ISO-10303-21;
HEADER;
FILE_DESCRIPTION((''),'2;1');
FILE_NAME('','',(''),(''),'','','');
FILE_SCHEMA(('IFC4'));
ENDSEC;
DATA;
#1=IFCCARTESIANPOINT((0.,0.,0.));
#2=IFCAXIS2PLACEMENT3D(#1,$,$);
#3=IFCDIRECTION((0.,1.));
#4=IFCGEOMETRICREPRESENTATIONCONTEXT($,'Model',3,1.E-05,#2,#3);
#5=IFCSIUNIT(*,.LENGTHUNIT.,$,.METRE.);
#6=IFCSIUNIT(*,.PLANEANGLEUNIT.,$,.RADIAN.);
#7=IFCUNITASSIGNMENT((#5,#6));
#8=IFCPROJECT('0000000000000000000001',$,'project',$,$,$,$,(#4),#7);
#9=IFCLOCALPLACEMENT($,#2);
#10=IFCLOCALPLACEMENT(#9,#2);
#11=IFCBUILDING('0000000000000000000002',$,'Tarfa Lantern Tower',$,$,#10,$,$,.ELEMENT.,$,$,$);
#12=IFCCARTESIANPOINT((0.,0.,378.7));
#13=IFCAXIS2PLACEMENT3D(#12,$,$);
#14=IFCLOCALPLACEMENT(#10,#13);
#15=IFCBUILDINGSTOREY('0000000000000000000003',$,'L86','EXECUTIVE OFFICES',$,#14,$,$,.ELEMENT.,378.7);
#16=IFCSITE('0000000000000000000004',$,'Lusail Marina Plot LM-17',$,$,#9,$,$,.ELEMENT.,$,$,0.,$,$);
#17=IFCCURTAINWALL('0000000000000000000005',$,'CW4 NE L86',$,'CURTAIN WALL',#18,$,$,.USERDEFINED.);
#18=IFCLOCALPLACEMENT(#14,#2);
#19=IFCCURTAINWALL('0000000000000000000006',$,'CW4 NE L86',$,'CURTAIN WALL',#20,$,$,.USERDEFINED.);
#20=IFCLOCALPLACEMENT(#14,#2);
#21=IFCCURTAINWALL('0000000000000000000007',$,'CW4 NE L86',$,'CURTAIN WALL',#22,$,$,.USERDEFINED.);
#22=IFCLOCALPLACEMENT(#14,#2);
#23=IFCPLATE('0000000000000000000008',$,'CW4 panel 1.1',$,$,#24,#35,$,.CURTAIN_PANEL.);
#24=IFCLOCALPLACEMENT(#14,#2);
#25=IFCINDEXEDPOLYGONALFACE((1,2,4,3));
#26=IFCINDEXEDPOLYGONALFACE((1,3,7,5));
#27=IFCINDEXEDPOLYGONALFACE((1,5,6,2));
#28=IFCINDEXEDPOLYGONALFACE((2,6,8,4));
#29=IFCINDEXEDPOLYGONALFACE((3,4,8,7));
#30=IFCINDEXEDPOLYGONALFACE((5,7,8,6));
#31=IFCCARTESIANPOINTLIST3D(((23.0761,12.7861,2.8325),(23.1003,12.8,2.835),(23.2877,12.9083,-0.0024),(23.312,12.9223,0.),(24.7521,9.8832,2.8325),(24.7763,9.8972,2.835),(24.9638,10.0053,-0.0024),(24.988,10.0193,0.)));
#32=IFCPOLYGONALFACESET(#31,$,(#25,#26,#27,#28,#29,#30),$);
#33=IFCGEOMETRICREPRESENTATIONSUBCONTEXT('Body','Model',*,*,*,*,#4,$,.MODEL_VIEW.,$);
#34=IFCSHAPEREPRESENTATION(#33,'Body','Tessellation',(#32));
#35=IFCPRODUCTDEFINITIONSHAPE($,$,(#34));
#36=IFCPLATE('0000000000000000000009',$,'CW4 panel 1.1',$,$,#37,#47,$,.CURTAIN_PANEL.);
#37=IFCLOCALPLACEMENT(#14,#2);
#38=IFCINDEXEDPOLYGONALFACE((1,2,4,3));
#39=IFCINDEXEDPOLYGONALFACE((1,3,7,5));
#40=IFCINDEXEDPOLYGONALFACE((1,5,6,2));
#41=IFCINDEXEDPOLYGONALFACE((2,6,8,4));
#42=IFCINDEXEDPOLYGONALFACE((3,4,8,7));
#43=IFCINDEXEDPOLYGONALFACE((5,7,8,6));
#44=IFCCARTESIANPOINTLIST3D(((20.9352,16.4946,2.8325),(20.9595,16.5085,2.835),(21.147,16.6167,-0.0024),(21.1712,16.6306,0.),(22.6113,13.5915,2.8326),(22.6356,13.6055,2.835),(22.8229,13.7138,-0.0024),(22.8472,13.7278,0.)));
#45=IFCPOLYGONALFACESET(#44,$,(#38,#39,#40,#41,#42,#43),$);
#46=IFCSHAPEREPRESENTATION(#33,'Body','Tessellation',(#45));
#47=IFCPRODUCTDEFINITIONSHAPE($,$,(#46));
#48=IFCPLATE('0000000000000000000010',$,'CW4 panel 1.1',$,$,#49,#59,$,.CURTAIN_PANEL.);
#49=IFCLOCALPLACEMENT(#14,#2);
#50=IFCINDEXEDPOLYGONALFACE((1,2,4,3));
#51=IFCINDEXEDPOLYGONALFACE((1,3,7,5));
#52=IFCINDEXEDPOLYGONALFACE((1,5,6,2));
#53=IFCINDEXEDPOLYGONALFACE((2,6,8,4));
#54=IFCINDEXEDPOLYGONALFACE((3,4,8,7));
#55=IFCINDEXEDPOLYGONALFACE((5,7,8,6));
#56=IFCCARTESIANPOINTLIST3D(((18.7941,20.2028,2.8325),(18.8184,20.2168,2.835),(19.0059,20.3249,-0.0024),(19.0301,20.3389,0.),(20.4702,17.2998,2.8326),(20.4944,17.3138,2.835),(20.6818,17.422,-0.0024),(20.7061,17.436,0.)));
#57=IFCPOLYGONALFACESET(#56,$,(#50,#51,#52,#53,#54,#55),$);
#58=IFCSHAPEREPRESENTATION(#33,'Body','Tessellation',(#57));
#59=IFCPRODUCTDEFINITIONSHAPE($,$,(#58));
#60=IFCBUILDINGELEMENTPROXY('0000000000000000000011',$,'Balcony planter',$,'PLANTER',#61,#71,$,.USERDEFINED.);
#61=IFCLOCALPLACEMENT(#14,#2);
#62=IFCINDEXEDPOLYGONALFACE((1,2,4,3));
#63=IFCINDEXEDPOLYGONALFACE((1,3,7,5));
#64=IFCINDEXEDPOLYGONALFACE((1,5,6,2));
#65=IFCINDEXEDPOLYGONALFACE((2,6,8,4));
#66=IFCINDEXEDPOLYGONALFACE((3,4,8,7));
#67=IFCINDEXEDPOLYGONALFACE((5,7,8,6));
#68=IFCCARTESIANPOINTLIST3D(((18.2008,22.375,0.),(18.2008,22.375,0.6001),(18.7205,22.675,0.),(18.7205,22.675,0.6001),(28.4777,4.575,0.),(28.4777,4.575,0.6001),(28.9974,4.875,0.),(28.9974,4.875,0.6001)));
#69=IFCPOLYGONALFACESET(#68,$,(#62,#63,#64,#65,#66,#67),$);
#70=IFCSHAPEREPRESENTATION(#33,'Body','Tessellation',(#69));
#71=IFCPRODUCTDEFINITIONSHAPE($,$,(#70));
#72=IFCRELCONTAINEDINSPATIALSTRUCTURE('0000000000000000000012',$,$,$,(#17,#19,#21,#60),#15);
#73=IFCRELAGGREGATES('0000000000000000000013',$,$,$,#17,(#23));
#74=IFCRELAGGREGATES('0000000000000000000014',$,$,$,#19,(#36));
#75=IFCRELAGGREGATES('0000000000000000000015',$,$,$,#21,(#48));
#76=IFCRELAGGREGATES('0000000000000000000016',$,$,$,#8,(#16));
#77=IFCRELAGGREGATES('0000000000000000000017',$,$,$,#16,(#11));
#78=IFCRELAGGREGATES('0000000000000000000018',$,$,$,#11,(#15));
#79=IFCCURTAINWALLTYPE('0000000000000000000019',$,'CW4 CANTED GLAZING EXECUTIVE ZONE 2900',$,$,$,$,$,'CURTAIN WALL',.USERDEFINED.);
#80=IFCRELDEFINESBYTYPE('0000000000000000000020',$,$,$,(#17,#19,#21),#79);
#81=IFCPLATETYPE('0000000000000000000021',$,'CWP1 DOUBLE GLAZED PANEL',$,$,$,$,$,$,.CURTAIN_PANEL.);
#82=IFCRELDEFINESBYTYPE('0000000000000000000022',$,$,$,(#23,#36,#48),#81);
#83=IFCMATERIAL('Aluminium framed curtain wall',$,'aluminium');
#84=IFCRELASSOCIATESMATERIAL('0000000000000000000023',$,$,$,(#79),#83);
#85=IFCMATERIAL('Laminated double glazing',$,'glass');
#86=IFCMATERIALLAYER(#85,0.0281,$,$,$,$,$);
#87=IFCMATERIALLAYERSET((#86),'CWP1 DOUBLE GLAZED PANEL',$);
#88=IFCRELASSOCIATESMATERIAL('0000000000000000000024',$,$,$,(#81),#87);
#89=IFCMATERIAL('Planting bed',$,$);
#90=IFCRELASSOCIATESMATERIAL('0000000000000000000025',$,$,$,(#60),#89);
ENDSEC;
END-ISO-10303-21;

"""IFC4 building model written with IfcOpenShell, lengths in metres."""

from ifc_helpers import new_model, si_unit, direction, frame, origin, origin_2d, place, context, subcontext, project, spatial, polyline, rectangle, outline, extrude, material, layer, layer_set, type_object, element, aggregate, save


model = new_model("IFC4")

# Units and contexts
model_context = context("Model", 3, precision=1e-05, world=origin(), true_north=direction((0.0, 1.0)))
body_context = subcontext(model_context, "Body", "Model", "MODEL_VIEW")
ifc_project = project(units=[si_unit("LENGTHUNIT", "METRE"), si_unit("PLANEANGLEUNIT", "RADIAN")], contexts=[model_context])

# Site, building, storey
site_placement = place(None, origin())
site = spatial("IfcSite", under=ifc_project, at=site_placement, Name="Lusail Marina Plot LM-17", CompositionType="ELEMENT", RefElevation=0.0)
building_placement = place(site_placement, origin())
building = spatial("IfcBuilding", under=site, at=building_placement, Name="Tarfa Lantern Tower", CompositionType="ELEMENT")
storey_placement = place(building_placement, frame((0.0, 0.0, 378.7)))
storey = spatial("IfcBuildingStorey", under=building, at=storey_placement, Name="L86", Description="EXECUTIVE OFFICES", CompositionType="ELEMENT", Elevation=378.7)

# Curtain walls
ifc_material_1 = material(Name="Aluminium framed curtain wall", Category="aluminium")
curtain_wall_type = type_object("IfcCurtainWallType", Name="CW4 CANTED GLAZING EXECUTIVE ZONE 2900", ElementType="CURTAIN WALL", PredefinedType="USERDEFINED", material=ifc_material_1)
curtain_wall_1_placement = place(storey_placement, origin())
curtain_wall_1 = element("IfcCurtainWall", 1, at=curtain_wall_1_placement, inside=storey, type_object=curtain_wall_type, Name="CW4 NE L86", ObjectType="CURTAIN WALL", PredefinedType="USERDEFINED")
curtain_wall_2_placement = place(storey_placement, origin())
curtain_wall_2 = element("IfcCurtainWall", 2, at=curtain_wall_2_placement, inside=storey, type_object=curtain_wall_type, Name="CW4 NE L86", ObjectType="CURTAIN WALL", PredefinedType="USERDEFINED")
curtain_wall_3_placement = place(storey_placement, origin())
curtain_wall_3 = element("IfcCurtainWall", 3, at=curtain_wall_3_placement, inside=storey, type_object=curtain_wall_type, Name="CW4 NE L86", ObjectType="CURTAIN WALL", PredefinedType="USERDEFINED")

# Plates
ifc_material_2 = material(Name="Laminated double glazing", Category="glass")
ifc_layer = layer(ifc_material_2, 0.0281)
ifc_layer_set = layer_set([ifc_layer], Name="CWP1 DOUBLE GLAZED PANEL")
plate_type = type_object("IfcPlateType", Name="CWP1 DOUBLE GLAZED PANEL", PredefinedType="CURTAIN_PANEL", material=ifc_layer_set)
plate_1_placement = place(storey_placement, frame((24.988, 10.0193, 0.0), z_axis=(0.862824, 0.498153, 0.085893), x_axis=(-0.500001, 0.866025, -0.000002)))
plate_1 = element("IfcPlate", 4, at=plate_1_placement, type_object=plate_type, Name="CW4 panel 1.1", PredefinedType="CURTAIN_PANEL", context=body_context, shape_type="SweptSolid", body=[
    extrude(outline(polyline([(0.0, 0.0), (3.3522, 0.0), (3.3521, 2.8455), (0.0001, 2.8455), (0.0, 0.0)])), origin(), (0.0, 0.0, -1.0), 0.0281),
])
aggregate(curtain_wall_1, [plate_1])
plate_2_placement = place(storey_placement, frame((22.8472, 13.7278, 0.0), z_axis=(0.862824, 0.498153, 0.085893), x_axis=(-0.500001, 0.866025, 0.000002)))
plate_2 = element("IfcPlate", 5, at=plate_2_placement, type_object=plate_type, Name="CW4 panel 1.1", PredefinedType="CURTAIN_PANEL", context=body_context, shape_type="SweptSolid", body=[
    extrude(outline(polyline([(0.0, 0.0), (3.3519, 0.0), (3.3521, 2.8455), (-0.0001, 2.8455), (0.0, 0.0)])), origin(), (0.0, 0.0, -1.0), 0.0281),
])
aggregate(curtain_wall_2, [plate_2])
plate_3_placement = place(storey_placement, frame((20.7061, 17.436, 0.0), z_axis=(0.862824, 0.498153, 0.085893), x_axis=(-0.500001, 0.866025, 0.000002)))
plate_3 = element("IfcPlate", 6, at=plate_3_placement, type_object=plate_type, Name="CW4 panel 1.1", PredefinedType="CURTAIN_PANEL", context=body_context, shape_type="SweptSolid", body=[
    extrude(outline(polyline([(0.0, 0.0), (3.3519, 0.0), (3.3521, 2.8455), (-0.0001, 2.8455), (0.0, 0.0)])), origin(), (0.0, 0.0, -1.0), 0.0281),
])
aggregate(curtain_wall_3, [plate_3])

# Building element proxy
ifc_material_3 = material(Name="Planting bed")
proxy_placement = place(storey_placement, frame((23.5991, 13.625, 0.0), z_axis=(0.0, 0.0, 1.0), x_axis=(-0.5, 0.866025, 0.0)))
element("IfcBuildingElementProxy", 7, at=proxy_placement, inside=storey, material=ifc_material_3, Name="Balcony planter", ObjectType="PLANTER", PredefinedType="USERDEFINED", context=body_context, shape_type="SweptSolid", body=[
    extrude(rectangle(XDim=20.5537, YDim=0.6001, at=origin_2d()), origin(), (0.0, 0.0, 1.0), 0.6001),
])

save(model, "model.ifc")
